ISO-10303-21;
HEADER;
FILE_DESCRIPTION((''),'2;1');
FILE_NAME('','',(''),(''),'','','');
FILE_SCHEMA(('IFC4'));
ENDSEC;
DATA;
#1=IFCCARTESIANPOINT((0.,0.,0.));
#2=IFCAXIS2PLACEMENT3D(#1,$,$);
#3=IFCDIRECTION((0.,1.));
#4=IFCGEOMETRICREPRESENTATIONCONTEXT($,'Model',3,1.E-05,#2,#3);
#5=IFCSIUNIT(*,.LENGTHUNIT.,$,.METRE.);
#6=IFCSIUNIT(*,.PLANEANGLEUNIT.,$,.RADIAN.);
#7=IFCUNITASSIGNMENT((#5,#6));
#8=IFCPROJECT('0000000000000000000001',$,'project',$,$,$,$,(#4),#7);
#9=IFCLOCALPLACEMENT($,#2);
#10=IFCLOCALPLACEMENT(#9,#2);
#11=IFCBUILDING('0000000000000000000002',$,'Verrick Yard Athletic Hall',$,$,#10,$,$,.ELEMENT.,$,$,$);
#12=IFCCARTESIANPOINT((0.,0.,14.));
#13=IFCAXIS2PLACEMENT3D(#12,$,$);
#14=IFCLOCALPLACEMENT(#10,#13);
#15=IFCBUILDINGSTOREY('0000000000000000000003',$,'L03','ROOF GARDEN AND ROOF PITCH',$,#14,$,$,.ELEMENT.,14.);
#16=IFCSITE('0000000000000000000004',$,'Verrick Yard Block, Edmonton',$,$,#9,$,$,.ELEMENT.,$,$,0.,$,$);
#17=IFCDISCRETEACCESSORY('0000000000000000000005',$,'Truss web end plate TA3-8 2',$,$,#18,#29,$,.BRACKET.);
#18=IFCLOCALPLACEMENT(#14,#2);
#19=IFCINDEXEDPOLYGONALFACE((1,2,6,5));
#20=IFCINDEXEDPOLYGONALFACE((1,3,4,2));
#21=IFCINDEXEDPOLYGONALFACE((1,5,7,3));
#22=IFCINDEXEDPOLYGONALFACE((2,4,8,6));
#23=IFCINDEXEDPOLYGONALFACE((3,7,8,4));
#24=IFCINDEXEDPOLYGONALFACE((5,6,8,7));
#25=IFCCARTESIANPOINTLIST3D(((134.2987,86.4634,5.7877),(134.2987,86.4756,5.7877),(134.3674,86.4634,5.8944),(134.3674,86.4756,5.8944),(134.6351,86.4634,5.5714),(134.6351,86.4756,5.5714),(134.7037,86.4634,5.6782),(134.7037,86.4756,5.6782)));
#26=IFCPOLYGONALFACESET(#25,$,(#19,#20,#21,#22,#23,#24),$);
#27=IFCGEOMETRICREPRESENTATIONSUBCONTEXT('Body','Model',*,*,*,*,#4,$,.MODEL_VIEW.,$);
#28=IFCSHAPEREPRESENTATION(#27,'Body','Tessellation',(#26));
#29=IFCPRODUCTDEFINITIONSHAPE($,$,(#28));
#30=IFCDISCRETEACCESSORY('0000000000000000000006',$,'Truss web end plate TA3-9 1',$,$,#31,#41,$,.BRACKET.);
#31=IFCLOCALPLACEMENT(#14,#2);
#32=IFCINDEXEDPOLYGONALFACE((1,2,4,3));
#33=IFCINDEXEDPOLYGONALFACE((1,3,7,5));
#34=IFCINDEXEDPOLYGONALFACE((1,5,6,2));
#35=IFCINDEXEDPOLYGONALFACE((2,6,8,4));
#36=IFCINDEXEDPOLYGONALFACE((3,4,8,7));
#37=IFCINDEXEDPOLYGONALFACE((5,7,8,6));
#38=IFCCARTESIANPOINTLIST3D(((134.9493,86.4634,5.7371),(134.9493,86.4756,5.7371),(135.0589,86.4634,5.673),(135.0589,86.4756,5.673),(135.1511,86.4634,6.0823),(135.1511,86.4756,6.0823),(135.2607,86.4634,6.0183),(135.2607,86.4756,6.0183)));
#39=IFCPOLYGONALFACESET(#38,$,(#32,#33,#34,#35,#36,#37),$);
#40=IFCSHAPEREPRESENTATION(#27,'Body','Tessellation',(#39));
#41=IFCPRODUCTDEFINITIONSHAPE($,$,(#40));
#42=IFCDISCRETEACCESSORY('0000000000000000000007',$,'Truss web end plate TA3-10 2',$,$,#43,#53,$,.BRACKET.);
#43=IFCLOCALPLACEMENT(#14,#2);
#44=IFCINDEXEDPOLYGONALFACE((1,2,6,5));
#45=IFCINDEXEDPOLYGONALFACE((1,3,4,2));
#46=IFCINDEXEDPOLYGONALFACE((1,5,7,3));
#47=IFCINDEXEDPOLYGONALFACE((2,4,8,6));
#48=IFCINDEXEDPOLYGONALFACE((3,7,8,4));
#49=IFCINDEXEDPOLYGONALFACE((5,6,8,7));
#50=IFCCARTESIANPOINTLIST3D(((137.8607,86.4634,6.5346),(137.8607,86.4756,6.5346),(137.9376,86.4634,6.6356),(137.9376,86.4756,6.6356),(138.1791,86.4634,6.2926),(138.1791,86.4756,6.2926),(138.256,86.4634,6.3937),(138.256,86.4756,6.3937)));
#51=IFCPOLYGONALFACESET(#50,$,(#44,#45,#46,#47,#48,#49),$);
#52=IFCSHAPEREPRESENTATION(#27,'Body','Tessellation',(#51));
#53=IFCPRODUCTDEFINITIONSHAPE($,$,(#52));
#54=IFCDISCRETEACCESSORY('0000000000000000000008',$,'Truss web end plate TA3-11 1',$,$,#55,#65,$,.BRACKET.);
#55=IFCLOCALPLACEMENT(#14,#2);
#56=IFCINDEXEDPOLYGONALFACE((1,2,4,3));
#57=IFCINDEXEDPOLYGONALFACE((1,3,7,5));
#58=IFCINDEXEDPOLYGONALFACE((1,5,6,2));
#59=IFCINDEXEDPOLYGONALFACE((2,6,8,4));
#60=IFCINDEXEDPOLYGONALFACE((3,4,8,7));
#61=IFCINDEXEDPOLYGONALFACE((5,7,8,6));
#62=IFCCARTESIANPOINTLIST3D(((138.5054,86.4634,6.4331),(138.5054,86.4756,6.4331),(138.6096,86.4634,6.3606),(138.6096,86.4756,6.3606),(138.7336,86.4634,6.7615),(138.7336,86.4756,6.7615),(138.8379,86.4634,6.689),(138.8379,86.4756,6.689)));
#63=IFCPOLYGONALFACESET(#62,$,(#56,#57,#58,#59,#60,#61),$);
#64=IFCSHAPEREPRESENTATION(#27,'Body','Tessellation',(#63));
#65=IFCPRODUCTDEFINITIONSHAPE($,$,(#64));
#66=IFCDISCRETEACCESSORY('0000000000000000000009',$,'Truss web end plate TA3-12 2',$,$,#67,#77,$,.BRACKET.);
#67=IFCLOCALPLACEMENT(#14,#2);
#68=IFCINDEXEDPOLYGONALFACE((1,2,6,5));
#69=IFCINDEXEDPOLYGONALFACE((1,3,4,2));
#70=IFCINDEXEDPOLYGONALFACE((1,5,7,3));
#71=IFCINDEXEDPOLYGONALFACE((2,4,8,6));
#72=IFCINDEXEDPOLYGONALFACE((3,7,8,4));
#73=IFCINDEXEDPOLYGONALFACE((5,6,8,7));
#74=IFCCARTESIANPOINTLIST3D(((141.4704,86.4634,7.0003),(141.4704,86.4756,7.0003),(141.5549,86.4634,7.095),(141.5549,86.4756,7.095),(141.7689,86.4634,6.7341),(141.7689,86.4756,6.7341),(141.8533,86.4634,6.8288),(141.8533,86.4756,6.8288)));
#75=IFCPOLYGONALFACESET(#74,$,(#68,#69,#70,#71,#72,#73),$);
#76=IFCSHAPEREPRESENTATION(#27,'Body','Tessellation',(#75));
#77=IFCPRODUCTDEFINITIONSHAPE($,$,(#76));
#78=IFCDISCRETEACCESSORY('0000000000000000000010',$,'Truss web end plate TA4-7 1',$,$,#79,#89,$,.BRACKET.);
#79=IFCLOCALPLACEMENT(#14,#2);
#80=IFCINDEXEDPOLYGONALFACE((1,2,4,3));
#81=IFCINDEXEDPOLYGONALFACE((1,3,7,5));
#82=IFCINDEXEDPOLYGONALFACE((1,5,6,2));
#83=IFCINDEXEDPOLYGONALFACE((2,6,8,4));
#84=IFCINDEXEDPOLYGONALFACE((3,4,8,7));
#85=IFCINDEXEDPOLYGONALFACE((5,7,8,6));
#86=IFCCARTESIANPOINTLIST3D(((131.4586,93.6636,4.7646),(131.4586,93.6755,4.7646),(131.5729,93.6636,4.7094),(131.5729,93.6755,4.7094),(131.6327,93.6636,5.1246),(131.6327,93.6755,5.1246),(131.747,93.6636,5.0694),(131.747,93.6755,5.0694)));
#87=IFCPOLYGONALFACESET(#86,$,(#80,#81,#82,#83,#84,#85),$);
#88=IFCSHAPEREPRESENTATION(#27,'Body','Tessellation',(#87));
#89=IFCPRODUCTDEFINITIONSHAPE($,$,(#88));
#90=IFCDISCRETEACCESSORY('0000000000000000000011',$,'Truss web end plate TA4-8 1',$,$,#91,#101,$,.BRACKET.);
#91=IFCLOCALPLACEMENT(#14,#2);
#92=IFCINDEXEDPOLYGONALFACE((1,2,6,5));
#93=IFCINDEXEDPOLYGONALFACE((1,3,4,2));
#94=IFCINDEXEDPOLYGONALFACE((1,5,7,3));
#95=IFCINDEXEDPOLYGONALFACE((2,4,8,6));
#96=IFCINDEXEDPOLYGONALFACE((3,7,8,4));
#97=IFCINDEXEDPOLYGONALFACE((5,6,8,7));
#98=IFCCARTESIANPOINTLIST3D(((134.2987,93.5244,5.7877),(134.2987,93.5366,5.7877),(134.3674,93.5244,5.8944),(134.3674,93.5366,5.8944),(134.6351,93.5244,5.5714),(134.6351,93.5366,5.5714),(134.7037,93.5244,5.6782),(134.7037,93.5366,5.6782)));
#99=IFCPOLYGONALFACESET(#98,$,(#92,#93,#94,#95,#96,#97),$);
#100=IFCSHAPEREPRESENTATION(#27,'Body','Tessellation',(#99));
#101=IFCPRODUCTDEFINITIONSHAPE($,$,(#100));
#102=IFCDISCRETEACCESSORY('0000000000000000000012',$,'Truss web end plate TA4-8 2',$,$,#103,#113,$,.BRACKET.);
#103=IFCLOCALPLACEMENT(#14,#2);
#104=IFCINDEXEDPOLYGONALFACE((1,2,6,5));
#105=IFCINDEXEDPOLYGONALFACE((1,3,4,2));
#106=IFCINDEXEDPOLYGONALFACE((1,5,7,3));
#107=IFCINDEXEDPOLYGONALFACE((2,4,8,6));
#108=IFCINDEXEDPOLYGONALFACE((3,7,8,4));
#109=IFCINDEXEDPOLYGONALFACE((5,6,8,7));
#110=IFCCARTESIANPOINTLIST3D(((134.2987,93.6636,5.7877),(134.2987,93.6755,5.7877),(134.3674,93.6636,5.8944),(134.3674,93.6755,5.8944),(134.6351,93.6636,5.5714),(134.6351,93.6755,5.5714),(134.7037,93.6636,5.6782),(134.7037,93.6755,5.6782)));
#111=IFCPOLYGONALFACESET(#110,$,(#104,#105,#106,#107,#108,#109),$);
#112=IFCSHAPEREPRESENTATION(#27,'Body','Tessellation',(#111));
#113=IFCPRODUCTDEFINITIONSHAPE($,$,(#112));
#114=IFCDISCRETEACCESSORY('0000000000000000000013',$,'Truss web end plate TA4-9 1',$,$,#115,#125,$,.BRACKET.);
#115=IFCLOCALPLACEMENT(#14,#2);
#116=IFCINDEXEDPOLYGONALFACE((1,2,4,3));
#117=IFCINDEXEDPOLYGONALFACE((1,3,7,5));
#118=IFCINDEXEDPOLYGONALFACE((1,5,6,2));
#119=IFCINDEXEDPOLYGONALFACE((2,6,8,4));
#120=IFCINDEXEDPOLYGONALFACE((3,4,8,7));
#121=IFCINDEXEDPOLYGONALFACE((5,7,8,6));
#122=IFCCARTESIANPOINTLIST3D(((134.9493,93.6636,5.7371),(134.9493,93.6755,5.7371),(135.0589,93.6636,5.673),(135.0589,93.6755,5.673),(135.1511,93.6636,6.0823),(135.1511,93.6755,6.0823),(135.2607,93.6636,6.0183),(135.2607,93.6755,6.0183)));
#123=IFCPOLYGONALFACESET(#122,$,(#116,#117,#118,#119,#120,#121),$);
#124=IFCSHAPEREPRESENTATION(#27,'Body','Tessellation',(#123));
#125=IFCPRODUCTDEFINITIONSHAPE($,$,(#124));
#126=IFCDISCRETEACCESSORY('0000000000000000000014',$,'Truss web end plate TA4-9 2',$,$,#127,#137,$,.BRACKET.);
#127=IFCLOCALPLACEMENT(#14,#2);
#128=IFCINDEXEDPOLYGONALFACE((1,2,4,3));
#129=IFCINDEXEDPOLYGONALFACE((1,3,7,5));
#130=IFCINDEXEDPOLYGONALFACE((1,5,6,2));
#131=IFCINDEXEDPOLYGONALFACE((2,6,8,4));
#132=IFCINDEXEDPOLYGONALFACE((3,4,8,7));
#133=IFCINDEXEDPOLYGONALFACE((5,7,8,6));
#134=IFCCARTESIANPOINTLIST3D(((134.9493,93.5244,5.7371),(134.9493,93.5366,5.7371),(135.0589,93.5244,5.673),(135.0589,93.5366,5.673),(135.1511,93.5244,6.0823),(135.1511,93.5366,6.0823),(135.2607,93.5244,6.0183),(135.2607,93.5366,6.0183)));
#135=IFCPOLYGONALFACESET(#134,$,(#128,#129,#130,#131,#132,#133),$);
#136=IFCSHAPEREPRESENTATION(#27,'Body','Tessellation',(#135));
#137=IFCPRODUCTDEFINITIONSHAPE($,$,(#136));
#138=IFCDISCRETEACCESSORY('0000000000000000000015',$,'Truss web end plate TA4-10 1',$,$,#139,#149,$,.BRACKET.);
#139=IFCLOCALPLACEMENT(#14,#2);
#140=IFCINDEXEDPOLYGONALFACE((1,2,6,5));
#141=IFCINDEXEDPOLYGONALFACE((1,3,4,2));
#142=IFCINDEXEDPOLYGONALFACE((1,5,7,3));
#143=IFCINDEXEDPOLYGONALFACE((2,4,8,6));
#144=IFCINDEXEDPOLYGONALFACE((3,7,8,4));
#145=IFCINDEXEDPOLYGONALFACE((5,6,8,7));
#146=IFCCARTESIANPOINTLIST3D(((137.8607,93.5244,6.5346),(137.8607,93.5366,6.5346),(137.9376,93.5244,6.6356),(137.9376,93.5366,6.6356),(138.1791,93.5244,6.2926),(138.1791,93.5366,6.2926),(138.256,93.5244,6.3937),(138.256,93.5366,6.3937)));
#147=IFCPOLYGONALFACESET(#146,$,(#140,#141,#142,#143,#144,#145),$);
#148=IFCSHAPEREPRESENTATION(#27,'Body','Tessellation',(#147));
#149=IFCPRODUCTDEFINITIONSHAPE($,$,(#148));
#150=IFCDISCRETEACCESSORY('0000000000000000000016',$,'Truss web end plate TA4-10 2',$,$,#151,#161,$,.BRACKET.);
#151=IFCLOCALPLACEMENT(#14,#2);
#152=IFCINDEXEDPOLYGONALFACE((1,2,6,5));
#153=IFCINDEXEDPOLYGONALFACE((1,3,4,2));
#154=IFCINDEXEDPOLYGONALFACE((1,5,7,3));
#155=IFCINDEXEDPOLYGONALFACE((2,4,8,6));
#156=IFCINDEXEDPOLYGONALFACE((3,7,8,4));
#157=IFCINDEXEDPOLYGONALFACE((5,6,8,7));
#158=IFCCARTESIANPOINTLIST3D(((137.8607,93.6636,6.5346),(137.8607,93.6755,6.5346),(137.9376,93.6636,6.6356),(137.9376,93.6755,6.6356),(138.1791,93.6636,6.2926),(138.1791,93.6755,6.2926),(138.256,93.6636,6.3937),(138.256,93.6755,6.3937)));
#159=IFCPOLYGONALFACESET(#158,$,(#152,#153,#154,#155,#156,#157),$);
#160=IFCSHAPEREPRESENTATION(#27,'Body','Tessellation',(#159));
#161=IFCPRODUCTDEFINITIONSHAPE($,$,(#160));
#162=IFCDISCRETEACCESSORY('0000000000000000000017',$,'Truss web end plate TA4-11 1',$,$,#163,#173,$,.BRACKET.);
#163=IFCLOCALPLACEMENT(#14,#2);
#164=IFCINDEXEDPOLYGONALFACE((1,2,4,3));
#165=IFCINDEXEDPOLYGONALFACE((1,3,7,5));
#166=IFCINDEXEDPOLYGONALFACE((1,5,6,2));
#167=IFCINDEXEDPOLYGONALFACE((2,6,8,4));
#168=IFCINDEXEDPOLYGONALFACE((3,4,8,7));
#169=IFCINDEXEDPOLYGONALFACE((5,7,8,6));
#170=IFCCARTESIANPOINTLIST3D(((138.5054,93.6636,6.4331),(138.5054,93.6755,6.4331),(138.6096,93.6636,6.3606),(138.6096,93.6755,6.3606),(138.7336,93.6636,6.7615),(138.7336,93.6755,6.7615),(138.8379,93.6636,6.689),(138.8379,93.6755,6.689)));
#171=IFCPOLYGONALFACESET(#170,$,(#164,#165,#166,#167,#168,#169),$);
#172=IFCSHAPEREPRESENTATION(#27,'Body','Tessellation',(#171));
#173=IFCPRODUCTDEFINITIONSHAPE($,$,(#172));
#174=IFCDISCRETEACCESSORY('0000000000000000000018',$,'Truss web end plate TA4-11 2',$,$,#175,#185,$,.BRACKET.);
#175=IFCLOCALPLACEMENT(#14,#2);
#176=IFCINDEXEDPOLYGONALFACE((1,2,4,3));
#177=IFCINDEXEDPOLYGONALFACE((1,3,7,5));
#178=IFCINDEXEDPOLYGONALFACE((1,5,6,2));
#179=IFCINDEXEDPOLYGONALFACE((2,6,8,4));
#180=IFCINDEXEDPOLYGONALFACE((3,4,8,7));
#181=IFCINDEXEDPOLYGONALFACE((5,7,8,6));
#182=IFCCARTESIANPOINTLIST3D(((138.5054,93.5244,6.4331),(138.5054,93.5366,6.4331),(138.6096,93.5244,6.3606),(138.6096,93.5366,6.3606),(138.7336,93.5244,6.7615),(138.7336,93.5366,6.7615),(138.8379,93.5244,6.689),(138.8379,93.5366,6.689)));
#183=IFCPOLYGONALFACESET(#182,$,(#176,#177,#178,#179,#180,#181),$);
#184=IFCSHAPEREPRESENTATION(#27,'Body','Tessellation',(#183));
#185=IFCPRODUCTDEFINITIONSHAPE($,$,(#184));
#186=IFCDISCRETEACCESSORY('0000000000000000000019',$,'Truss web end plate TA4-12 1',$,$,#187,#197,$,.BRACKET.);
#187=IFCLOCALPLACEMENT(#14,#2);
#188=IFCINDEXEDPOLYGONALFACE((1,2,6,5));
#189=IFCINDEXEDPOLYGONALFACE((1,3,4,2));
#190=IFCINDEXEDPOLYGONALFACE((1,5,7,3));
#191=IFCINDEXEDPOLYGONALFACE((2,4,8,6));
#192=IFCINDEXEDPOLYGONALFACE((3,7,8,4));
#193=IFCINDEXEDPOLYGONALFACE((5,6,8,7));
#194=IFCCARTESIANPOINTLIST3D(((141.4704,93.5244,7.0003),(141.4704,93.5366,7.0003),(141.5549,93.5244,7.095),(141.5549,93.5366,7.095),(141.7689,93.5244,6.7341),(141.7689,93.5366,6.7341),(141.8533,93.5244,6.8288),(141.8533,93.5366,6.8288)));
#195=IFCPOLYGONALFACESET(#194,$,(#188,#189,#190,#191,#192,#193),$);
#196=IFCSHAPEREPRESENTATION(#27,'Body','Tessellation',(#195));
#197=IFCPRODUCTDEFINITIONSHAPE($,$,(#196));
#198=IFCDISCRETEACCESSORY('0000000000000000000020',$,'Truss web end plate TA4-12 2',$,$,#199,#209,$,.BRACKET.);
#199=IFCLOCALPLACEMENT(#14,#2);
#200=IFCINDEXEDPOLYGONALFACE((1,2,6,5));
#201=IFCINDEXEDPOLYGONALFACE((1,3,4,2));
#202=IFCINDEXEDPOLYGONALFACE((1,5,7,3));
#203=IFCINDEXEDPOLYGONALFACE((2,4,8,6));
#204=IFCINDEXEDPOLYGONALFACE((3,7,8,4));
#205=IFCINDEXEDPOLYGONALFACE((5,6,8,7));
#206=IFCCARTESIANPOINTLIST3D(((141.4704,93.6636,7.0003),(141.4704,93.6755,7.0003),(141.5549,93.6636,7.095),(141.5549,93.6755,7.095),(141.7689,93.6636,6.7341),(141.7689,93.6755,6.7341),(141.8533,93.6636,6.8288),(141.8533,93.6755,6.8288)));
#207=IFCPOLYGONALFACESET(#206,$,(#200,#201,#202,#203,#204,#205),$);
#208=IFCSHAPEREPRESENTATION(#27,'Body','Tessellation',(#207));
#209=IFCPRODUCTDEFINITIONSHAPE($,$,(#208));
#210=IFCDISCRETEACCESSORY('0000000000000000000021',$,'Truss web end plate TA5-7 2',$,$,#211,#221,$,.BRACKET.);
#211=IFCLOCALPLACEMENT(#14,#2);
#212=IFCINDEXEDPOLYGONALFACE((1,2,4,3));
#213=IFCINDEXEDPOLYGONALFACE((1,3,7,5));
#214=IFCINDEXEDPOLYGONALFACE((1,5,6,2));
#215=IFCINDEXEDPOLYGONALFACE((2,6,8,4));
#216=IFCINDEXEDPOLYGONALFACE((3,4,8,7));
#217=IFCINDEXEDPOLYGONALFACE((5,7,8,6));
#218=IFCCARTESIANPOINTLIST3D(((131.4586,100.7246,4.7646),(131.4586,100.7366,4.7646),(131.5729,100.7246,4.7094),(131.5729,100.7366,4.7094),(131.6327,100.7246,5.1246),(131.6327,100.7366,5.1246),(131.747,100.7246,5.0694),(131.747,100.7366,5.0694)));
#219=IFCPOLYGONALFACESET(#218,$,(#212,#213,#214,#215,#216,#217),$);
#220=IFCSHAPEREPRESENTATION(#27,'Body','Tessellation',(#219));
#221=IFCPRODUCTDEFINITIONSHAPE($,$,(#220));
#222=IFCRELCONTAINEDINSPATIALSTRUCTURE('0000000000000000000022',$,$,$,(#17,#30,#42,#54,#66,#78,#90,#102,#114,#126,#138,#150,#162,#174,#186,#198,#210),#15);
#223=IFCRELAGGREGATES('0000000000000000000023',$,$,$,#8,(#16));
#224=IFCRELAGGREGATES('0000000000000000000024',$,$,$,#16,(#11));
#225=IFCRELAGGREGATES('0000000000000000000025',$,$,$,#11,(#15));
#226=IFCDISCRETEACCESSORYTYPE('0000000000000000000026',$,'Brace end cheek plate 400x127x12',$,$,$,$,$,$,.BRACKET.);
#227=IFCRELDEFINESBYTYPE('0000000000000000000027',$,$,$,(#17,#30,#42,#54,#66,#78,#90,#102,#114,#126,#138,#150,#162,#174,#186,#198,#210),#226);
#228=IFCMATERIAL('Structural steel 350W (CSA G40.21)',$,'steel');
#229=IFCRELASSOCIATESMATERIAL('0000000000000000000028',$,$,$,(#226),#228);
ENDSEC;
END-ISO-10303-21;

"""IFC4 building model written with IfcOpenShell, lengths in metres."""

from ifc_helpers import new_model, si_unit, direction, frame, origin, origin_2d, place, context, subcontext, project, spatial, rectangle, extrude, material, material_profile, profile_set, type_object, element, save


model = new_model("IFC4")

# Units and contexts
model_context = context("Model", 3, precision=1e-05, world=origin(), true_north=direction((0.0, 1.0)))
body_context = subcontext(model_context, "Body", "Model", "MODEL_VIEW")
ifc_project = project(units=[si_unit("LENGTHUNIT", "METRE"), si_unit("PLANEANGLEUNIT", "RADIAN")], contexts=[model_context])

# Site, building, storey
site_placement = place(None, origin())
site = spatial("IfcSite", under=ifc_project, at=site_placement, Name="Verrick Yard Block, Edmonton", CompositionType="ELEMENT", RefElevation=0.0)
building_placement = place(site_placement, origin())
building = spatial("IfcBuilding", under=site, at=building_placement, Name="Verrick Yard Athletic Hall", CompositionType="ELEMENT")
storey_placement = place(building_placement, frame((0.0, 0.0, 14.0)))
storey = spatial("IfcBuildingStorey", under=building, at=storey_placement, Name="L03", Description="ROOF GARDEN AND ROOF PITCH", CompositionType="ELEMENT", Elevation=14.0)

# Discrete accessories
ifc_material_1 = material(Name="Structural steel 350W (CSA G40.21)", Category="steel")
ifc_material_profile_1 = material_profile(ifc_material_1, rectangle(XDim=0.3999, YDim=0.127, at=origin_2d()), Name="Brace end cheek plate")
ifc_profile_set_1 = profile_set([ifc_material_profile_1], Name="Structural steel 350W (CSA G40.21)")
discrete_accessory_type_1 = type_object("IfcDiscreteAccessoryType", Name="Brace end cheek plate 400x127x12", PredefinedType="BRACKET", material=ifc_profile_set_1)
for number, where, z_axis, x_axis, name in (
    (1, (134.5012, 86.4634, 5.7329), (0.0, 1.0, 0.0), (-0.841141, 0.0, 0.540816), "Truss web end plate TA3-8 2"),
    (2, (135.105, 86.4634, 5.8777), (0.0, 1.0, 0.0), (0.504597, 0.0, 0.863355), "Truss web end plate TA3-9 1"),
    (3, (138.0583, 86.4634, 6.4641), (0.0, 1.0, 0.0), (-0.796193, 0.0, 0.605042), "Truss web end plate TA3-10 2"),
    (4, (138.6716, 86.4634, 6.561), (0.0, 1.0, 0.0), (0.570674, 0.0, 0.821176), "Truss web end plate TA3-11 1"),
    (5, (141.6619, 86.4634, 6.9146), (0.0, 1.0, 0.0), (-0.746352, 0.0, 0.665551), "Truss web end plate TA3-12 2"),
):
    element("IfcDiscreteAccessory", number, at=place(storey_placement, frame(where, z_axis=z_axis, x_axis=x_axis)), inside=storey, type_object=discrete_accessory_type_1, Name=name, PredefinedType="BRACKET", context=body_context, shape_type="SweptSolid", body=[
        extrude(rectangle(XDim=0.3999, YDim=0.127, at=origin_2d()), origin(), (0.0, 0.0, 1.0), 0.0122),
    ])
discrete_accessory_1_placement = place(storey_placement, frame((131.6028, 93.6636, 4.917), z_axis=(0.0, 1.0, 0.0), x_axis=(0.435417, 0.0, 0.900229)))
element("IfcDiscreteAccessory", 6, at=discrete_accessory_1_placement, inside=storey, type_object=discrete_accessory_type_1, Name="Truss web end plate TA4-7 1", PredefinedType="BRACKET", context=body_context, shape_type="SweptSolid", body=[
    extrude(rectangle(XDim=0.3999, YDim=0.127, at=origin_2d()), origin(), (0.0, 0.0, 1.0), 0.012),
])
discrete_accessory_2_placement = place(storey_placement, frame((134.5012, 93.5366, 5.7329), z_axis=(0.0, -1.0, 0.0), x_axis=(-0.841141, 0.0, 0.540816)))
element("IfcDiscreteAccessory", 7, at=discrete_accessory_2_placement, inside=storey, type_object=discrete_accessory_type_1, Name="Truss web end plate TA4-8 1", PredefinedType="BRACKET", context=body_context, shape_type="SweptSolid", body=[
    extrude(rectangle(XDim=0.3999, YDim=0.127, at=origin_2d()), origin(), (0.0, 0.0, 1.0), 0.0122),
])
for number, where, z_axis, x_axis, name in (
    (8, (134.5012, 93.6636, 5.7329), (0.0, 1.0, 0.0), (-0.841141, 0.0, 0.540816), "Truss web end plate TA4-8 2"),
    (9, (135.105, 93.6636, 5.8777), (0.0, 1.0, 0.0), (0.504597, 0.0, 0.863355), "Truss web end plate TA4-9 1"),
):
    element("IfcDiscreteAccessory", number, at=place(storey_placement, frame(where, z_axis=z_axis, x_axis=x_axis)), inside=storey, type_object=discrete_accessory_type_1, Name=name, PredefinedType="BRACKET", context=body_context, shape_type="SweptSolid", body=[
        extrude(rectangle(XDim=0.3999, YDim=0.127, at=origin_2d()), origin(), (0.0, 0.0, 1.0), 0.012),
    ])
for number, where, z_axis, x_axis, name in (
    (10, (135.105, 93.5366, 5.8777), (0.0, -1.0, 0.0), (0.504597, 0.0, 0.863355), "Truss web end plate TA4-9 2"),
    (11, (138.0583, 93.5366, 6.4641), (0.0, -1.0, 0.0), (-0.796193, 0.0, 0.605042), "Truss web end plate TA4-10 1"),
):
    element("IfcDiscreteAccessory", number, at=place(storey_placement, frame(where, z_axis=z_axis, x_axis=x_axis)), inside=storey, type_object=discrete_accessory_type_1, Name=name, PredefinedType="BRACKET", context=body_context, shape_type="SweptSolid", body=[
        extrude(rectangle(XDim=0.3999, YDim=0.127, at=origin_2d()), origin(), (0.0, 0.0, 1.0), 0.0122),
    ])
for number, where, z_axis, x_axis, name in (
    (12, (138.0583, 93.6636, 6.4641), (0.0, 1.0, 0.0), (-0.796193, 0.0, 0.605042), "Truss web end plate TA4-10 2"),
    (13, (138.6716, 93.6636, 6.561), (0.0, 1.0, 0.0), (0.570674, 0.0, 0.821176), "Truss web end plate TA4-11 1"),
):
    element("IfcDiscreteAccessory", number, at=place(storey_placement, frame(where, z_axis=z_axis, x_axis=x_axis)), inside=storey, type_object=discrete_accessory_type_1, Name=name, PredefinedType="BRACKET", context=body_context, shape_type="SweptSolid", body=[
        extrude(rectangle(XDim=0.3999, YDim=0.127, at=origin_2d()), origin(), (0.0, 0.0, 1.0), 0.012),
    ])
for number, where, z_axis, x_axis, name in (
    (14, (138.6716, 93.5366, 6.561), (0.0, -1.0, 0.0), (0.570674, 0.0, 0.821176), "Truss web end plate TA4-11 2"),
    (15, (141.6619, 93.5366, 6.9146), (0.0, -1.0, 0.0), (-0.746352, 0.0, 0.665551), "Truss web end plate TA4-12 1"),
):
    element("IfcDiscreteAccessory", number, at=place(storey_placement, frame(where, z_axis=z_axis, x_axis=x_axis)), inside=storey, type_object=discrete_accessory_type_1, Name=name, PredefinedType="BRACKET", context=body_context, shape_type="SweptSolid", body=[
        extrude(rectangle(XDim=0.3999, YDim=0.127, at=origin_2d()), origin(), (0.0, 0.0, 1.0), 0.0122),
    ])
for number, where, z_axis, x_axis, name in (
    (16, (141.6619, 93.6636, 6.9146), (0.0, 1.0, 0.0), (-0.746352, 0.0, 0.665551), "Truss web end plate TA4-12 2"),
    (17, (131.6028, 100.7366, 4.917), (0.0, -1.0, 0.0), (0.435417, 0.0, 0.900229), "Truss web end plate TA5-7 2"),
):
    element("IfcDiscreteAccessory", number, at=place(storey_placement, frame(where, z_axis=z_axis, x_axis=x_axis)), inside=storey, type_object=discrete_accessory_type_1, Name=name, PredefinedType="BRACKET", context=body_context, shape_type="SweptSolid", body=[
        extrude(rectangle(XDim=0.3999, YDim=0.127, at=origin_2d()), origin(), (0.0, 0.0, 1.0), 0.012),
    ])

save(model, "model.ifc")
